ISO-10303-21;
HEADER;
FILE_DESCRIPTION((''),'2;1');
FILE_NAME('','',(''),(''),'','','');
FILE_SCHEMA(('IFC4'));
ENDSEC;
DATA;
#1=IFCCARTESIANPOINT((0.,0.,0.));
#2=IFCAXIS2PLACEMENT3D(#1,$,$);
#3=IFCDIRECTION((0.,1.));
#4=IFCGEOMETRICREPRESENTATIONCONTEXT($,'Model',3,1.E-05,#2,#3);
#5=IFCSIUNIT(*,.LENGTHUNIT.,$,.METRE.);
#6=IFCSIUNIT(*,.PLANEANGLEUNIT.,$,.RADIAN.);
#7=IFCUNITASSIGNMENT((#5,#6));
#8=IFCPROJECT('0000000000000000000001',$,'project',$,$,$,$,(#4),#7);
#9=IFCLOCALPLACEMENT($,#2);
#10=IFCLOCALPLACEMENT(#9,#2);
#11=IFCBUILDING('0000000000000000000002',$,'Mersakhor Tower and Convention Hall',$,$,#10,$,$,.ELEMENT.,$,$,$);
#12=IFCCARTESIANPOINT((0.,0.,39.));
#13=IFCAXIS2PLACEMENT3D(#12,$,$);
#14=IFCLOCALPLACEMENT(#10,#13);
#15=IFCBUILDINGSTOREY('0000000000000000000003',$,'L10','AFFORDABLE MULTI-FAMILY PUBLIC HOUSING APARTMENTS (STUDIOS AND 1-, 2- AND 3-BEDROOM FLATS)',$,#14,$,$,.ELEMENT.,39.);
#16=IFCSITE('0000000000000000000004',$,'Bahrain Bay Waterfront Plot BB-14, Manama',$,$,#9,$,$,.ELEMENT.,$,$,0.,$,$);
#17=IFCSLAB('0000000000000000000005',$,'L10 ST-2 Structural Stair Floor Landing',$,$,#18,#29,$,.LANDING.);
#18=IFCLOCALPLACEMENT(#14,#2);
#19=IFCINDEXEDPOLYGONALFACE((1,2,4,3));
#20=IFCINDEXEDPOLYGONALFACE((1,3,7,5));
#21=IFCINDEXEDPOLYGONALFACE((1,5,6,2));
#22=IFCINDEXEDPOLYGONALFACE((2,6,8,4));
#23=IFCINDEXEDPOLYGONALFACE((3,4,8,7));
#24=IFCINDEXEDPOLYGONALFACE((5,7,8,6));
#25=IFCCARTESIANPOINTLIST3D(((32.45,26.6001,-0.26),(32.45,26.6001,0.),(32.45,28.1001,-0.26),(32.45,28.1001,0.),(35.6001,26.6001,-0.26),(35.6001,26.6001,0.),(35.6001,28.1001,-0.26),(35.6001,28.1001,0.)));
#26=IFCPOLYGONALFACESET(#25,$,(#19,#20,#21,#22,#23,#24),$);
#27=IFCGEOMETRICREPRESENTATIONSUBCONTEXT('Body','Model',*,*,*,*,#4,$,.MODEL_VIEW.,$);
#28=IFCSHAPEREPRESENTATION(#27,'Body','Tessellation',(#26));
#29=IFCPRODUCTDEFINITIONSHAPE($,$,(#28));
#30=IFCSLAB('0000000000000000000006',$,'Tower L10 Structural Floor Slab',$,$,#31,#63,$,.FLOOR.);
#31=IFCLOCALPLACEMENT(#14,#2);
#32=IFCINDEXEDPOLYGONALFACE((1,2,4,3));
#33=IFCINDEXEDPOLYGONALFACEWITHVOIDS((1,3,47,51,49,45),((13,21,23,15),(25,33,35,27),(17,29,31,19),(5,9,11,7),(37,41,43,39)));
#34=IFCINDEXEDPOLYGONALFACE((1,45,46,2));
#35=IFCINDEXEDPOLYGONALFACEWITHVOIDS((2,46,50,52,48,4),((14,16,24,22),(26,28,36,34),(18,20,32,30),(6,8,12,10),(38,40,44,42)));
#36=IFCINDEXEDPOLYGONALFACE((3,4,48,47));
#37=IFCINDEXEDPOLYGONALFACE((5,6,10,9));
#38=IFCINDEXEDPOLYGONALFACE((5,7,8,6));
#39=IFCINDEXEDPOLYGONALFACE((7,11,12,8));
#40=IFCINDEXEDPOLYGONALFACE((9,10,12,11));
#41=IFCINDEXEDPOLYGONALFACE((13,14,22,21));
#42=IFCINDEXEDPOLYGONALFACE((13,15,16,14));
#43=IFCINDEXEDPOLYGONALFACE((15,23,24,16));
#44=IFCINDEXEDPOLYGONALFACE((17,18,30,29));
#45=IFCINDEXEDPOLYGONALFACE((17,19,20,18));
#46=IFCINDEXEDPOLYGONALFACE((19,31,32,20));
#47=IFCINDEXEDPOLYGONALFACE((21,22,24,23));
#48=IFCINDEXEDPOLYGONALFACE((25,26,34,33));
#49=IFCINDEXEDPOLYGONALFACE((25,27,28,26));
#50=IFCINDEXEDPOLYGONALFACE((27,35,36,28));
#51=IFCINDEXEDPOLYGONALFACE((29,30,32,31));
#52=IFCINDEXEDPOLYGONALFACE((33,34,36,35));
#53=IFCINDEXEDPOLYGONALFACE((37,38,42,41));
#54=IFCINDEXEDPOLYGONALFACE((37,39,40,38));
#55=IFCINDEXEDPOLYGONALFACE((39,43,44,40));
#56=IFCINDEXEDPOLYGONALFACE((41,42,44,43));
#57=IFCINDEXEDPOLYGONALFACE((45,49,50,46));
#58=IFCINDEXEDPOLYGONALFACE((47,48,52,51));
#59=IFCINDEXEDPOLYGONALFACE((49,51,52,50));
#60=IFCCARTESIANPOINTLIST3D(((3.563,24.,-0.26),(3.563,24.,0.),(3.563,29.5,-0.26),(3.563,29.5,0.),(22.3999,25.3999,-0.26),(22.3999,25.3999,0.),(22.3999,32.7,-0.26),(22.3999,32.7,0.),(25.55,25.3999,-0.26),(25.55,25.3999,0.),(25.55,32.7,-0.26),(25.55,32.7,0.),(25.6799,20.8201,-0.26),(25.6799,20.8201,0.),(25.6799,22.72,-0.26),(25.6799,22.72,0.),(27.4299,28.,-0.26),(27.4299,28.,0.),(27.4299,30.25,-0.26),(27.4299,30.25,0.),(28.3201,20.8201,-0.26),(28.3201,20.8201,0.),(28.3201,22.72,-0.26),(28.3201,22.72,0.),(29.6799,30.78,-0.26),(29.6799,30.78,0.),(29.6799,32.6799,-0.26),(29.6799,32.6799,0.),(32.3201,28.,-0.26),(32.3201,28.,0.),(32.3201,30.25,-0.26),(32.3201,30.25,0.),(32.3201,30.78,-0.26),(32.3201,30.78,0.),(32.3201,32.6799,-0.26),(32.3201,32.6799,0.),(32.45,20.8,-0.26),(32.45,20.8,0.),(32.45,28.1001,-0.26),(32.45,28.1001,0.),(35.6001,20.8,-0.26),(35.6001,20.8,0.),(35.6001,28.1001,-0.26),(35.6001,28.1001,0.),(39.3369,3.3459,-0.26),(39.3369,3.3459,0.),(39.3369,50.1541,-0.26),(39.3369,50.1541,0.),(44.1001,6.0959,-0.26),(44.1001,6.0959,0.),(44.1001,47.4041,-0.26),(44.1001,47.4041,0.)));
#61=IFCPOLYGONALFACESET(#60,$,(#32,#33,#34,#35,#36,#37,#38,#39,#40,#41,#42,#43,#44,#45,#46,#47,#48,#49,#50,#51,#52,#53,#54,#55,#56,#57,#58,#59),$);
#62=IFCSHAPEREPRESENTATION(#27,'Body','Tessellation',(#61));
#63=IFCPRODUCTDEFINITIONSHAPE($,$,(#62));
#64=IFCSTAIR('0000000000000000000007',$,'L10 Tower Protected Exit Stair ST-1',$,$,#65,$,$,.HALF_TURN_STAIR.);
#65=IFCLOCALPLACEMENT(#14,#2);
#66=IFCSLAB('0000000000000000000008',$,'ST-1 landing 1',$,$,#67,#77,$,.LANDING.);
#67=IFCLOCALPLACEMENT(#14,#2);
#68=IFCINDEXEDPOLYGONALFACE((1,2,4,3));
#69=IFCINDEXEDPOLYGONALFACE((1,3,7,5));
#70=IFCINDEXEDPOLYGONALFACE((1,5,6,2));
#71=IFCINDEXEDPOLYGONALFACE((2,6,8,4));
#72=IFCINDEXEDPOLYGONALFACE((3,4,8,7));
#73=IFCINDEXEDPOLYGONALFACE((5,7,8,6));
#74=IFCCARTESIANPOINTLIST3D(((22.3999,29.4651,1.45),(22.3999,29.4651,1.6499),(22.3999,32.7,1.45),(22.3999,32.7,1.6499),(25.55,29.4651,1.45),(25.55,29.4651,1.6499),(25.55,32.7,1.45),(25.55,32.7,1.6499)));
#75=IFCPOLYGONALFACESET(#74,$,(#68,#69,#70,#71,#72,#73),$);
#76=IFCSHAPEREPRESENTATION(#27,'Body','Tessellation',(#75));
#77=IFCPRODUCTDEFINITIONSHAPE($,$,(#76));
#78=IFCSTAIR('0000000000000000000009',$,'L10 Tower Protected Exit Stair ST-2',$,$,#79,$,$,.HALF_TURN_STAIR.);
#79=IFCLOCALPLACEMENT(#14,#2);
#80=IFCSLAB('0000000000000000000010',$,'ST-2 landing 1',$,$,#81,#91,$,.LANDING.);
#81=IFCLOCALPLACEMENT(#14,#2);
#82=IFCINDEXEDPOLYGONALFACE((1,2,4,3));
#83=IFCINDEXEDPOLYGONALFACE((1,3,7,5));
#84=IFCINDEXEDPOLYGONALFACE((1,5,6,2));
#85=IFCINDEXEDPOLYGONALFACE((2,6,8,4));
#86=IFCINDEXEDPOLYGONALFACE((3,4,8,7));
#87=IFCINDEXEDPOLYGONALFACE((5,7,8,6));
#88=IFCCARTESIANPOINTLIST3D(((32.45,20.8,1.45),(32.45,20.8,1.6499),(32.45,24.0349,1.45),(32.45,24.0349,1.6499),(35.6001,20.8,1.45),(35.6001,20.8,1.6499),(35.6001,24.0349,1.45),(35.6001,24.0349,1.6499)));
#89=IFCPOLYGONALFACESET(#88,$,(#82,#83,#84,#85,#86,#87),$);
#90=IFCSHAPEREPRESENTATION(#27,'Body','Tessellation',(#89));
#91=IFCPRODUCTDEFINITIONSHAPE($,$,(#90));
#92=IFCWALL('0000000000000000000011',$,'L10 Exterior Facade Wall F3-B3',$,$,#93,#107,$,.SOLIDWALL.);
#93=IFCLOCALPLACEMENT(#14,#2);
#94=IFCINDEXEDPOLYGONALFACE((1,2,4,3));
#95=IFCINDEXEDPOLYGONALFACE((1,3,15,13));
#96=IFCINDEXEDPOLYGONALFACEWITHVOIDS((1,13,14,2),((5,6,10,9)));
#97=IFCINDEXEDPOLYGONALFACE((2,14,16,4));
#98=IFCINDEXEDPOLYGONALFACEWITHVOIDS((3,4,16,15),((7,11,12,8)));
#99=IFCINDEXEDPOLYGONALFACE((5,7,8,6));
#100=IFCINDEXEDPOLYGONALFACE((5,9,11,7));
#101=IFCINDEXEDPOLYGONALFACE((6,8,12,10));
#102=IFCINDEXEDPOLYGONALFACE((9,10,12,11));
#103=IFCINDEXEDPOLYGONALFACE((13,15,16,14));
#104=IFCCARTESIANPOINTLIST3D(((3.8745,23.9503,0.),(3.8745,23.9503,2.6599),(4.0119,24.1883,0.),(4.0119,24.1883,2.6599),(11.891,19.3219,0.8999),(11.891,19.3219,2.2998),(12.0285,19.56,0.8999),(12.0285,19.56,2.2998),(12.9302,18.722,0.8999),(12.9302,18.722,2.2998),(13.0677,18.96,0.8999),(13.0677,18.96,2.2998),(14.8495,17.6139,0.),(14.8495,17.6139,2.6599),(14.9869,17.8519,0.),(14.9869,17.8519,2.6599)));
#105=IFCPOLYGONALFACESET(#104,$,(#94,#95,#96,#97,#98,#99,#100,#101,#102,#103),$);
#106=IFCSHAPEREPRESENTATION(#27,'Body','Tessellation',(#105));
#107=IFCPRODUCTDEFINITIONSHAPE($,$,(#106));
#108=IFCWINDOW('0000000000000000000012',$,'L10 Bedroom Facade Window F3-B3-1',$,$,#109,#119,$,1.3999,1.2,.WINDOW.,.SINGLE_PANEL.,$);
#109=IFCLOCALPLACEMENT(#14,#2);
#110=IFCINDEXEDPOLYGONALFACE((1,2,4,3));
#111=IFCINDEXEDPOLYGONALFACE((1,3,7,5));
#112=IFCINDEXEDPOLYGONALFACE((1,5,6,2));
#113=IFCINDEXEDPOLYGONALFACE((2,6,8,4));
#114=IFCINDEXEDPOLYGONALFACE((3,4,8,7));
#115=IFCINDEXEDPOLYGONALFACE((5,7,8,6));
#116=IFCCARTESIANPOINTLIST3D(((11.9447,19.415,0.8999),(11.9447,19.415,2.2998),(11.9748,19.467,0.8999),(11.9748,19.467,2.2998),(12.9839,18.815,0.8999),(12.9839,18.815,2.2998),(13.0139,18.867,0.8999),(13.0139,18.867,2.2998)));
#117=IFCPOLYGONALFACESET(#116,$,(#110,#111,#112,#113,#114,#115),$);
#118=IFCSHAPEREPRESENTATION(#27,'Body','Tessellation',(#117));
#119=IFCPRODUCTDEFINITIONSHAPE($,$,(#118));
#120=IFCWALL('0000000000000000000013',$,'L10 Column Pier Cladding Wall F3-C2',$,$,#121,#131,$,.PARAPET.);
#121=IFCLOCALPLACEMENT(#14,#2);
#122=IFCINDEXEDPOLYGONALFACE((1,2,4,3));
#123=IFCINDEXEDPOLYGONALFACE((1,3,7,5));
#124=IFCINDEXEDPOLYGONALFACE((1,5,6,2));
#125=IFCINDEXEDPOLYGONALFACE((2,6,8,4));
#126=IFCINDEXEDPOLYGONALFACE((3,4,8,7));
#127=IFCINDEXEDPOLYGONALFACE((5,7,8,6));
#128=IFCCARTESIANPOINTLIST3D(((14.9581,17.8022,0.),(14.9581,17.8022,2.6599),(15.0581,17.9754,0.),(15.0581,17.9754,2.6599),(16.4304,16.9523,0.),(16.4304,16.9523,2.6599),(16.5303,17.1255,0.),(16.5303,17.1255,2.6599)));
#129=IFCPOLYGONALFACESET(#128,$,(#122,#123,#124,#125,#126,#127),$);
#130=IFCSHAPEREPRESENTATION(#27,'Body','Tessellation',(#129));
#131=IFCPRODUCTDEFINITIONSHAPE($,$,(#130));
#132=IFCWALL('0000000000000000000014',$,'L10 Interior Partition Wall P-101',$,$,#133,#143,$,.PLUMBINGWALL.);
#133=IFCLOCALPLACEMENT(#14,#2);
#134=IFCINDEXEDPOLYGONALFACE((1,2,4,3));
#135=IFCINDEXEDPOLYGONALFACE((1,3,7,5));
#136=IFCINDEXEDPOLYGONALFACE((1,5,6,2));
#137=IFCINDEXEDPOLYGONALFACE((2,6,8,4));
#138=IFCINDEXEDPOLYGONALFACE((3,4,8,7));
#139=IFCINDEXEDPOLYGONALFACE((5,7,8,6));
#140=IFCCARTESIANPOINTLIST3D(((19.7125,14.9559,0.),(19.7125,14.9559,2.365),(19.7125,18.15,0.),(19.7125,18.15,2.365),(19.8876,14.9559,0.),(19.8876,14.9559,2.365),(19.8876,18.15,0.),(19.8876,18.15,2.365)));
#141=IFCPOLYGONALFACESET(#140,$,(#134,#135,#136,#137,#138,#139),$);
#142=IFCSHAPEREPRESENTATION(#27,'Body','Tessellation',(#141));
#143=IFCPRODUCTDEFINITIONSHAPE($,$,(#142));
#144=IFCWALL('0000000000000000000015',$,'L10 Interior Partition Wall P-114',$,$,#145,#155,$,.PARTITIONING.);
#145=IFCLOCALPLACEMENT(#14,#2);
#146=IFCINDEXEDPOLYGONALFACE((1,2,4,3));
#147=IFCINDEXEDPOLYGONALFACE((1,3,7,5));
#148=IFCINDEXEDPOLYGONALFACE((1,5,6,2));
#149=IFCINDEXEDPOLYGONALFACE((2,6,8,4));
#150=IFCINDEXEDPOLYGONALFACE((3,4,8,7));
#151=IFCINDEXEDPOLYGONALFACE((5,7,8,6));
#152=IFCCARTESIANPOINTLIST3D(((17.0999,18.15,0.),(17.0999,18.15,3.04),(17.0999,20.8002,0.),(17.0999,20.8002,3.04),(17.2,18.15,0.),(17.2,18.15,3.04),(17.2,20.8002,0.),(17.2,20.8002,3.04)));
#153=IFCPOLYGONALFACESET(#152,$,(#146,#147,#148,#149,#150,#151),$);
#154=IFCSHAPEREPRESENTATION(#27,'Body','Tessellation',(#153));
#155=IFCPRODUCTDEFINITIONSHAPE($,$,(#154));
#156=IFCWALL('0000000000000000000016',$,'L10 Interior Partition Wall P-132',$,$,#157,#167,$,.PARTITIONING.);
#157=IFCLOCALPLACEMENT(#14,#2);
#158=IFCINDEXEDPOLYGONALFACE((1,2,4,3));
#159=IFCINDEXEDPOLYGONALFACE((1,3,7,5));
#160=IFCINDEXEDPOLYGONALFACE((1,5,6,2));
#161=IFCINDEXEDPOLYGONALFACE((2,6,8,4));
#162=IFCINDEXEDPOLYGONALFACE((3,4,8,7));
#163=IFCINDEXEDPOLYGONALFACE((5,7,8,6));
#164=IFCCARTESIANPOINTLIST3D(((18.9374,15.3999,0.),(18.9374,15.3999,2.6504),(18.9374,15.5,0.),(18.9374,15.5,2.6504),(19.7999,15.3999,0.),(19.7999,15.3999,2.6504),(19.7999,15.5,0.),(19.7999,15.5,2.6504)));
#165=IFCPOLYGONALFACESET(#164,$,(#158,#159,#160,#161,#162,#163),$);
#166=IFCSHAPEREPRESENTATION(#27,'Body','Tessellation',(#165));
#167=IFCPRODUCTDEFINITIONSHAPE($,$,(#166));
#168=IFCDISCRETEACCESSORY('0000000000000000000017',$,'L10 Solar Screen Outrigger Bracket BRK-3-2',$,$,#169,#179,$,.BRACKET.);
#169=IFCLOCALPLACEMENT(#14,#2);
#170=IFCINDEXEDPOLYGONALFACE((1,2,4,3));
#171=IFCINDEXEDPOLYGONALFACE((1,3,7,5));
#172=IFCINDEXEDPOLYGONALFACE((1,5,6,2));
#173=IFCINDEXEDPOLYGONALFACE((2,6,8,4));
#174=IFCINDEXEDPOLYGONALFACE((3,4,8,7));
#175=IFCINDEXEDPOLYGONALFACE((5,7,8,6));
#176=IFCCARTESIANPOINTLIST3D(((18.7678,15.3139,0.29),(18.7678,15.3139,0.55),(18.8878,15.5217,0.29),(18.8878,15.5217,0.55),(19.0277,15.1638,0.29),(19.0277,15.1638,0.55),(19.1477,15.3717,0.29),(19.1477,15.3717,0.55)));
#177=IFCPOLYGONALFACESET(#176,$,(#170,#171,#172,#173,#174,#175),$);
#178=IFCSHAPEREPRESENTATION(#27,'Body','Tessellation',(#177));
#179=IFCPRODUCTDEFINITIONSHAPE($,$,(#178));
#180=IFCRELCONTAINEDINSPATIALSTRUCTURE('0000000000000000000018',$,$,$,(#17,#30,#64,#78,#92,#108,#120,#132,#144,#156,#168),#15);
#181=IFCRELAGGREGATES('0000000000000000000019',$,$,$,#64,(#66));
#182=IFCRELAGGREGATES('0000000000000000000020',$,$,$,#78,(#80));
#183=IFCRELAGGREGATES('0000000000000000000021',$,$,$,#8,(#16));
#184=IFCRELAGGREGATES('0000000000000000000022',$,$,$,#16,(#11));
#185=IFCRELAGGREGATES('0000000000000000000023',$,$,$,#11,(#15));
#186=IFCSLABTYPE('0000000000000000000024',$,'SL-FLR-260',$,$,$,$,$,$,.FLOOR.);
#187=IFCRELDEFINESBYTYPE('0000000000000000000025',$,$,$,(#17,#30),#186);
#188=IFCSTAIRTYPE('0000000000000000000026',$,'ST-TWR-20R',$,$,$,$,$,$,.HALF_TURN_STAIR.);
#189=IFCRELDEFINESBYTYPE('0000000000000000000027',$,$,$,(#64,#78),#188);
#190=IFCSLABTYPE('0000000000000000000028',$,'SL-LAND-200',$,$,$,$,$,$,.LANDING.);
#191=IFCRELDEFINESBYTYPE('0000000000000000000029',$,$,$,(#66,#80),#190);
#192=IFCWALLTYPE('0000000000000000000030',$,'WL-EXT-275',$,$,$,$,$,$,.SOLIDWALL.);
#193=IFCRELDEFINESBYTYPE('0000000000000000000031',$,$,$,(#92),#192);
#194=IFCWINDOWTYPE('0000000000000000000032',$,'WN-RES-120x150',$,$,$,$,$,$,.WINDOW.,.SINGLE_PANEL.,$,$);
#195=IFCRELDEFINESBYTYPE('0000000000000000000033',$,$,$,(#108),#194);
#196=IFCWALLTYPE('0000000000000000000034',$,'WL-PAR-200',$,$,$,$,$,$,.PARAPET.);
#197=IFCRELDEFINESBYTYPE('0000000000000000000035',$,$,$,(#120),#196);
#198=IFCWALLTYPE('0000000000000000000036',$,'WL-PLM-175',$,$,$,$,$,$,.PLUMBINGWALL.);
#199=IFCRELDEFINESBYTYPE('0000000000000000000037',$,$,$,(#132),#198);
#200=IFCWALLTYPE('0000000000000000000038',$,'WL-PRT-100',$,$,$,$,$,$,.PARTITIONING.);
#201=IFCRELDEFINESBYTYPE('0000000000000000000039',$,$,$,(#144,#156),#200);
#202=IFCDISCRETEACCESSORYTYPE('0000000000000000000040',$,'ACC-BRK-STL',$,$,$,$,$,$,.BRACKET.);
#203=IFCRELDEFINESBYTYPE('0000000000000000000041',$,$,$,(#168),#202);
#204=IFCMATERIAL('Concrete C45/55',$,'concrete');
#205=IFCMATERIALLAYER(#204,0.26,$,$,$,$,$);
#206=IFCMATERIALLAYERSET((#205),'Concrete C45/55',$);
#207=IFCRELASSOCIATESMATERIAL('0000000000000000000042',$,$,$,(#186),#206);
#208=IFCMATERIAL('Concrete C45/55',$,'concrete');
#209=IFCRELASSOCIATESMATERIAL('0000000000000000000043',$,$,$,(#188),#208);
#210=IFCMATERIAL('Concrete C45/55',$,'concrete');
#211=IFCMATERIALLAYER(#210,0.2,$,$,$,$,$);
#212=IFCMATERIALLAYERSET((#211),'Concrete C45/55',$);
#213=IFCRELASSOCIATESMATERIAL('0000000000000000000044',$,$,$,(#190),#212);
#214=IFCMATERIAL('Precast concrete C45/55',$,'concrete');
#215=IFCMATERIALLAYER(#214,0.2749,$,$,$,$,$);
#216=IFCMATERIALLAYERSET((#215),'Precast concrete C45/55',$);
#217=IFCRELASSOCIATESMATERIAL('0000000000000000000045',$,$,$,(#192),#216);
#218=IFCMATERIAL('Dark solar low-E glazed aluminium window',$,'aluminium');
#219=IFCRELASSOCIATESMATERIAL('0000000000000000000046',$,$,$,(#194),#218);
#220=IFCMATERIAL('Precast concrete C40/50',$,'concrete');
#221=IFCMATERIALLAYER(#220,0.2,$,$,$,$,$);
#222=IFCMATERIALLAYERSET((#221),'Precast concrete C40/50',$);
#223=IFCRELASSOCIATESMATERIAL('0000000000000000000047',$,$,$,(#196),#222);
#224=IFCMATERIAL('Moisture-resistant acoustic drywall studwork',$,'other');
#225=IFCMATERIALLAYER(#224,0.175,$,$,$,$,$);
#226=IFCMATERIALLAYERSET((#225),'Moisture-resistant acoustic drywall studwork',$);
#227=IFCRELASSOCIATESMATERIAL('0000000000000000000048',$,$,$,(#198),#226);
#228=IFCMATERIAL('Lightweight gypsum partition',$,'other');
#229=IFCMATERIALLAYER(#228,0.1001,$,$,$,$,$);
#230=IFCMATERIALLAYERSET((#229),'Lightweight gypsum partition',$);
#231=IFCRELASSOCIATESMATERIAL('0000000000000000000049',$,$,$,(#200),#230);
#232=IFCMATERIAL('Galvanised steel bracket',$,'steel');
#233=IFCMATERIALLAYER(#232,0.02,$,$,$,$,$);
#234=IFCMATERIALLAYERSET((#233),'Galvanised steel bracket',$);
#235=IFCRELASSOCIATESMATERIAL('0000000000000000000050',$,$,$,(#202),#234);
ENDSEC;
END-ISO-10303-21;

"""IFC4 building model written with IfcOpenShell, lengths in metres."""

from ifc_helpers import new_model, si_unit, direction, frame, frame_2d, origin, origin_2d, place, context, subcontext, project, spatial, polyline, rectangle, outline, extrude, material, layer, layer_set, type_object, element, fill, aggregate, save


model = new_model("IFC4")

# Units and contexts
model_context = context("Model", 3, precision=1e-05, world=origin(), true_north=direction((0.0, 1.0)))
body_context = subcontext(model_context, "Body", "Model", "MODEL_VIEW")
ifc_project = project(units=[si_unit("LENGTHUNIT", "METRE"), si_unit("PLANEANGLEUNIT", "RADIAN")], contexts=[model_context])

# Site, building, storey
site_placement = place(None, origin())
site = spatial("IfcSite", under=ifc_project, at=site_placement, Name="Bahrain Bay Waterfront Plot BB-14, Manama", CompositionType="ELEMENT", RefElevation=0.0)
building_placement = place(site_placement, origin())
building = spatial("IfcBuilding", under=site, at=building_placement, Name="Mersakhor Tower and Convention Hall", CompositionType="ELEMENT")
storey_placement = place(building_placement, frame((0.0, 0.0, 39.0)))
storey = spatial("IfcBuildingStorey", under=building, at=storey_placement, Name="L10", Description="AFFORDABLE MULTI-FAMILY PUBLIC HOUSING APARTMENTS (STUDIOS AND 1-, 2- AND 3-BEDROOM FLATS)", CompositionType="ELEMENT", Elevation=39.0)

# Slabs
ifc_material_1 = material(Name="Concrete C45/55", Category="concrete")
ifc_layer_1 = layer(ifc_material_1, 0.26)
ifc_layer_set_1 = layer_set([ifc_layer_1], Name="Concrete C45/55")
slab_type_1 = type_object("IfcSlabType", Name="SL-FLR-260", PredefinedType="FLOOR", material=ifc_layer_set_1)
slab_1_placement = place(storey_placement, frame((0.0, 0.0, -0.26)))
element("IfcSlab", 1, at=slab_1_placement, inside=storey, type_object=slab_type_1, Name="L10 ST-2 Structural Stair Floor Landing", PredefinedType="LANDING", context=body_context, shape_type="SweptSolid", body=[
    extrude(outline(polyline([(32.45, 28.1001), (32.45, 26.6001), (35.6001, 26.6001), (35.6001, 28.1001), (32.45, 28.1001)])), origin(), (0.0, 0.0, 1.0), 0.26),
])
slab_2_placement = place(storey_placement, frame((0.0, 0.0, -0.26)))
element("IfcSlab", 2, at=slab_2_placement, inside=storey, type_object=slab_type_1, Name="Tower L10 Structural Floor Slab", PredefinedType="FLOOR", context=body_context, shape_type="SweptSolid", body=[
    extrude(outline(polyline([(3.563, 29.5), (39.3369, 50.1541), (44.1001, 47.4041), (44.1001, 6.0959), (39.3369, 3.3459), (3.563, 24.0), (3.563, 29.5)]), holes=[polyline([(25.55, 25.3999), (25.55, 32.7), (22.3999, 32.7), (22.3999, 25.3999), (25.55, 25.3999)]), polyline([(32.45, 28.1001), (32.45, 20.8), (35.6001, 20.8), (35.6001, 28.1001), (32.45, 28.1001)]), polyline([(25.6799, 20.8201), (25.6799, 22.72), (28.3201, 22.72), (28.3201, 20.8201), (25.6799, 20.8201)]), polyline([(29.6799, 30.78), (29.6799, 32.6799), (32.3201, 32.6799), (32.3201, 30.78), (29.6799, 30.78)]), polyline([(27.4299, 28.0), (27.4299, 30.25), (32.3201, 30.25), (32.3201, 28.0), (27.4299, 28.0)])]), origin(), (0.0, 0.0, 1.0), 0.26),
])

# Stairs, slabs
ifc_material_2 = material(Name="Concrete C45/55", Category="concrete")
stair_type = type_object("IfcStairType", Name="ST-TWR-20R", PredefinedType="HALF_TURN_STAIR", material=ifc_material_2)
stair_1_placement = place(storey_placement, origin())
stair_1 = element("IfcStair", 3, at=stair_1_placement, inside=storey, type_object=stair_type, Name="L10 Tower Protected Exit Stair ST-1", PredefinedType="HALF_TURN_STAIR")
ifc_material_3 = material(Name="Concrete C45/55", Category="concrete")
ifc_layer_2 = layer(ifc_material_3, 0.2)
ifc_layer_set_2 = layer_set([ifc_layer_2], Name="Concrete C45/55")
slab_type_2 = type_object("IfcSlabType", Name="SL-LAND-200", PredefinedType="LANDING", material=ifc_layer_set_2)
slab_3_placement = place(storey_placement, frame((0.0, 0.0, 1.45)))
slab_3 = element("IfcSlab", 4, at=slab_3_placement, type_object=slab_type_2, Name="ST-1 landing 1", PredefinedType="LANDING", context=body_context, shape_type="SweptSolid", body=[
    extrude(outline(polyline([(25.55, 29.4651), (25.55, 32.7), (22.3999, 32.7), (22.3999, 29.4651), (25.55, 29.4651)])), origin(), (0.0, 0.0, 1.0), 0.2),
])
aggregate(stair_1, [slab_3])
stair_2_placement = place(storey_placement, origin())
stair_2 = element("IfcStair", 5, at=stair_2_placement, inside=storey, type_object=stair_type, Name="L10 Tower Protected Exit Stair ST-2", PredefinedType="HALF_TURN_STAIR")
slab_4_placement = place(storey_placement, frame((0.0, 0.0, 1.45)))
slab_4 = element("IfcSlab", 6, at=slab_4_placement, type_object=slab_type_2, Name="ST-2 landing 1", PredefinedType="LANDING", context=body_context, shape_type="SweptSolid", body=[
    extrude(outline(polyline([(32.45, 24.0349), (32.45, 20.8), (35.6001, 20.8), (35.6001, 24.0349), (32.45, 24.0349)])), origin(), (0.0, 0.0, 1.0), 0.2),
])
aggregate(stair_2, [slab_4])

# Wall, opening, window
ifc_material_4 = material(Name="Precast concrete C45/55", Category="concrete")
ifc_layer_3 = layer(ifc_material_4, 0.2749)
ifc_layer_set_3 = layer_set([ifc_layer_3], Name="Precast concrete C45/55")
wall_type_1 = type_object("IfcWallType", Name="WL-EXT-275", PredefinedType="SOLIDWALL", material=ifc_layer_set_3)
wall_1_placement = place(storey_placement, frame((14.9182, 17.7329, 0.0), z_axis=(0.0, 0.0, 1.0), x_axis=(-0.866027, 0.499997, 0.0)))
wall_1 = element("IfcWall", 7, at=wall_1_placement, inside=storey, type_object=wall_type_1, Name="L10 Exterior Facade Wall F3-B3", PredefinedType="SOLIDWALL", context=body_context, shape_type="SweptSolid", body=[
    extrude(rectangle(XDim=12.6729, YDim=0.2749, at=frame_2d((6.3364, 0.0))), origin(), (0.0, 0.0, 1.0), 2.6599),
])
opening_placement = place(wall_1_placement, frame((2.2161, 0.0, 0.8999)))
opening = element("IfcOpeningElement", 8, at=opening_placement, cuts=wall_1, PredefinedType="OPENING", context=body_context, shape_type="SweptSolid", body=[
    extrude(rectangle(XDim=1.2, YDim=1.3999, at=frame_2d((0.6001, 0.7))), frame((0.0, 0.1475, 0.0), z_axis=(0.0, -1.0, 0.0), x_axis=(1.0, 0.0, 0.0)), (0.0, 0.0, 1.0), 0.2949),
])
ifc_material_5 = material(Name="Dark solar low-E glazed aluminium window", Category="aluminium")
window_type = type_object("IfcWindowType", Name="WN-RES-120x150", PartitioningType="SINGLE_PANEL", PredefinedType="WINDOW", material=ifc_material_5)
window_placement = place(opening_placement, origin())
window = element("IfcWindow", 9, at=window_placement, inside=storey, type_object=window_type, Name="L10 Bedroom Facade Window F3-B3-1", OverallHeight=1.3999, OverallWidth=1.2, PartitioningType="SINGLE_PANEL", PredefinedType="WINDOW", context=body_context, shape_type="SweptSolid", body=[
    extrude(rectangle(XDim=1.2, YDim=1.3999, at=frame_2d((0.6001, 0.7))), frame((0.0, 0.03, 0.0), z_axis=(0.0, -1.0, 0.0), x_axis=(1.0, 0.0, 0.0)), (0.0, 0.0, 1.0), 0.0601),
])
fill(opening, window)

# Walls
ifc_material_6 = material(Name="Precast concrete C40/50", Category="concrete")
ifc_layer_4 = layer(ifc_material_6, 0.2)
ifc_layer_set_4 = layer_set([ifc_layer_4], Name="Precast concrete C40/50")
wall_type_2 = type_object("IfcWallType", Name="WL-PAR-200", PredefinedType="PARAPET", material=ifc_layer_set_4)
wall_2_placement = place(storey_placement, frame((16.4805, 17.0388, 0.0), z_axis=(0.0, 0.0, 1.0), x_axis=(-0.866052, 0.499955, 0.0)))
element("IfcWall", 10, at=wall_2_placement, inside=storey, type_object=wall_type_2, Name="L10 Column Pier Cladding Wall F3-C2", PredefinedType="PARAPET", context=body_context, shape_type="SweptSolid", body=[
    extrude(rectangle(XDim=1.7, YDim=0.2, at=frame_2d((0.8501, 0.0))), origin(), (0.0, 0.0, 1.0), 2.6599),
])
ifc_material_7 = material(Name="Moisture-resistant acoustic drywall studwork", Category="other")
ifc_layer_5 = layer(ifc_material_7, 0.175)
ifc_layer_set_5 = layer_set([ifc_layer_5], Name="Moisture-resistant acoustic drywall studwork")
wall_type_3 = type_object("IfcWallType", Name="WL-PLM-175", PredefinedType="PLUMBINGWALL", material=ifc_layer_set_5)
wall_3_placement = place(storey_placement, frame((19.8, 14.9558, 0.0), z_axis=(0.0, 0.0, 1.0), x_axis=(0.0, 1.0, 0.0)))
element("IfcWall", 11, at=wall_3_placement, inside=storey, type_object=wall_type_3, Name="L10 Interior Partition Wall P-101", PredefinedType="PLUMBINGWALL", context=body_context, shape_type="SweptSolid", body=[
    extrude(rectangle(XDim=3.1941, YDim=0.175, at=frame_2d((1.5972, 0.0))), origin(), (0.0, 0.0, 1.0), 2.365),
])
ifc_material_8 = material(Name="Lightweight gypsum partition", Category="other")
ifc_layer_6 = layer(ifc_material_8, 0.1001)
ifc_layer_set_6 = layer_set([ifc_layer_6], Name="Lightweight gypsum partition")
wall_type_4 = type_object("IfcWallType", Name="WL-PRT-100", PredefinedType="PARTITIONING", material=ifc_layer_set_6)
wall_4_placement = place(storey_placement, frame((17.1499, 18.1499, 0.0), z_axis=(0.0, 0.0, 1.0), x_axis=(0.0, 1.0, 0.0)))
element("IfcWall", 12, at=wall_4_placement, inside=storey, type_object=wall_type_4, Name="L10 Interior Partition Wall P-114", PredefinedType="PARTITIONING", context=body_context, shape_type="SweptSolid", body=[
    extrude(rectangle(XDim=2.6501, YDim=0.1001, at=frame_2d((1.3252, 0.0))), origin(), (0.0, 0.0, 1.0), 3.04),
])
wall_5_placement = place(storey_placement, frame((18.9375, 15.45, 0.0), z_axis=(0.0, 0.0, 1.0), x_axis=(1.0, 0.0, 0.0)))
element("IfcWall", 13, at=wall_5_placement, inside=storey, type_object=wall_type_4, Name="L10 Interior Partition Wall P-132", PredefinedType="PARTITIONING", context=body_context, shape_type="SweptSolid", body=[
    extrude(rectangle(XDim=0.8625, YDim=0.1001, at=frame_2d((0.4312, 0.0))), origin(), (0.0, 0.0, 1.0), 2.6504),
])

# Discrete accessory
ifc_material_9 = material(Name="Galvanised steel bracket", Category="steel")
ifc_layer_7 = layer(ifc_material_9, 0.02)
ifc_layer_set_7 = layer_set([ifc_layer_7], Name="Galvanised steel bracket")
discrete_accessory_type = type_object("IfcDiscreteAccessoryType", Name="ACC-BRK-STL", PredefinedType="BRACKET", material=ifc_layer_set_7)
discrete_accessory_1_placement = place(storey_placement, frame((18.9578, 15.3428, 0.29), z_axis=(0.0, 0.0, 1.0), x_axis=(-0.866025, 0.5, 0.0)))
element("IfcDiscreteAccessory", 14, at=discrete_accessory_1_placement, inside=storey, type_object=discrete_accessory_type, Name="L10 Solar Screen Outrigger Bracket BRK-3-2", PredefinedType="BRACKET", context=body_context, shape_type="SweptSolid", body=[
    extrude(rectangle(XDim=0.3, YDim=0.24, at=origin_2d()), origin(), (0.0, 0.0, 1.0), 0.26),
])

save(model, "model.ifc")
